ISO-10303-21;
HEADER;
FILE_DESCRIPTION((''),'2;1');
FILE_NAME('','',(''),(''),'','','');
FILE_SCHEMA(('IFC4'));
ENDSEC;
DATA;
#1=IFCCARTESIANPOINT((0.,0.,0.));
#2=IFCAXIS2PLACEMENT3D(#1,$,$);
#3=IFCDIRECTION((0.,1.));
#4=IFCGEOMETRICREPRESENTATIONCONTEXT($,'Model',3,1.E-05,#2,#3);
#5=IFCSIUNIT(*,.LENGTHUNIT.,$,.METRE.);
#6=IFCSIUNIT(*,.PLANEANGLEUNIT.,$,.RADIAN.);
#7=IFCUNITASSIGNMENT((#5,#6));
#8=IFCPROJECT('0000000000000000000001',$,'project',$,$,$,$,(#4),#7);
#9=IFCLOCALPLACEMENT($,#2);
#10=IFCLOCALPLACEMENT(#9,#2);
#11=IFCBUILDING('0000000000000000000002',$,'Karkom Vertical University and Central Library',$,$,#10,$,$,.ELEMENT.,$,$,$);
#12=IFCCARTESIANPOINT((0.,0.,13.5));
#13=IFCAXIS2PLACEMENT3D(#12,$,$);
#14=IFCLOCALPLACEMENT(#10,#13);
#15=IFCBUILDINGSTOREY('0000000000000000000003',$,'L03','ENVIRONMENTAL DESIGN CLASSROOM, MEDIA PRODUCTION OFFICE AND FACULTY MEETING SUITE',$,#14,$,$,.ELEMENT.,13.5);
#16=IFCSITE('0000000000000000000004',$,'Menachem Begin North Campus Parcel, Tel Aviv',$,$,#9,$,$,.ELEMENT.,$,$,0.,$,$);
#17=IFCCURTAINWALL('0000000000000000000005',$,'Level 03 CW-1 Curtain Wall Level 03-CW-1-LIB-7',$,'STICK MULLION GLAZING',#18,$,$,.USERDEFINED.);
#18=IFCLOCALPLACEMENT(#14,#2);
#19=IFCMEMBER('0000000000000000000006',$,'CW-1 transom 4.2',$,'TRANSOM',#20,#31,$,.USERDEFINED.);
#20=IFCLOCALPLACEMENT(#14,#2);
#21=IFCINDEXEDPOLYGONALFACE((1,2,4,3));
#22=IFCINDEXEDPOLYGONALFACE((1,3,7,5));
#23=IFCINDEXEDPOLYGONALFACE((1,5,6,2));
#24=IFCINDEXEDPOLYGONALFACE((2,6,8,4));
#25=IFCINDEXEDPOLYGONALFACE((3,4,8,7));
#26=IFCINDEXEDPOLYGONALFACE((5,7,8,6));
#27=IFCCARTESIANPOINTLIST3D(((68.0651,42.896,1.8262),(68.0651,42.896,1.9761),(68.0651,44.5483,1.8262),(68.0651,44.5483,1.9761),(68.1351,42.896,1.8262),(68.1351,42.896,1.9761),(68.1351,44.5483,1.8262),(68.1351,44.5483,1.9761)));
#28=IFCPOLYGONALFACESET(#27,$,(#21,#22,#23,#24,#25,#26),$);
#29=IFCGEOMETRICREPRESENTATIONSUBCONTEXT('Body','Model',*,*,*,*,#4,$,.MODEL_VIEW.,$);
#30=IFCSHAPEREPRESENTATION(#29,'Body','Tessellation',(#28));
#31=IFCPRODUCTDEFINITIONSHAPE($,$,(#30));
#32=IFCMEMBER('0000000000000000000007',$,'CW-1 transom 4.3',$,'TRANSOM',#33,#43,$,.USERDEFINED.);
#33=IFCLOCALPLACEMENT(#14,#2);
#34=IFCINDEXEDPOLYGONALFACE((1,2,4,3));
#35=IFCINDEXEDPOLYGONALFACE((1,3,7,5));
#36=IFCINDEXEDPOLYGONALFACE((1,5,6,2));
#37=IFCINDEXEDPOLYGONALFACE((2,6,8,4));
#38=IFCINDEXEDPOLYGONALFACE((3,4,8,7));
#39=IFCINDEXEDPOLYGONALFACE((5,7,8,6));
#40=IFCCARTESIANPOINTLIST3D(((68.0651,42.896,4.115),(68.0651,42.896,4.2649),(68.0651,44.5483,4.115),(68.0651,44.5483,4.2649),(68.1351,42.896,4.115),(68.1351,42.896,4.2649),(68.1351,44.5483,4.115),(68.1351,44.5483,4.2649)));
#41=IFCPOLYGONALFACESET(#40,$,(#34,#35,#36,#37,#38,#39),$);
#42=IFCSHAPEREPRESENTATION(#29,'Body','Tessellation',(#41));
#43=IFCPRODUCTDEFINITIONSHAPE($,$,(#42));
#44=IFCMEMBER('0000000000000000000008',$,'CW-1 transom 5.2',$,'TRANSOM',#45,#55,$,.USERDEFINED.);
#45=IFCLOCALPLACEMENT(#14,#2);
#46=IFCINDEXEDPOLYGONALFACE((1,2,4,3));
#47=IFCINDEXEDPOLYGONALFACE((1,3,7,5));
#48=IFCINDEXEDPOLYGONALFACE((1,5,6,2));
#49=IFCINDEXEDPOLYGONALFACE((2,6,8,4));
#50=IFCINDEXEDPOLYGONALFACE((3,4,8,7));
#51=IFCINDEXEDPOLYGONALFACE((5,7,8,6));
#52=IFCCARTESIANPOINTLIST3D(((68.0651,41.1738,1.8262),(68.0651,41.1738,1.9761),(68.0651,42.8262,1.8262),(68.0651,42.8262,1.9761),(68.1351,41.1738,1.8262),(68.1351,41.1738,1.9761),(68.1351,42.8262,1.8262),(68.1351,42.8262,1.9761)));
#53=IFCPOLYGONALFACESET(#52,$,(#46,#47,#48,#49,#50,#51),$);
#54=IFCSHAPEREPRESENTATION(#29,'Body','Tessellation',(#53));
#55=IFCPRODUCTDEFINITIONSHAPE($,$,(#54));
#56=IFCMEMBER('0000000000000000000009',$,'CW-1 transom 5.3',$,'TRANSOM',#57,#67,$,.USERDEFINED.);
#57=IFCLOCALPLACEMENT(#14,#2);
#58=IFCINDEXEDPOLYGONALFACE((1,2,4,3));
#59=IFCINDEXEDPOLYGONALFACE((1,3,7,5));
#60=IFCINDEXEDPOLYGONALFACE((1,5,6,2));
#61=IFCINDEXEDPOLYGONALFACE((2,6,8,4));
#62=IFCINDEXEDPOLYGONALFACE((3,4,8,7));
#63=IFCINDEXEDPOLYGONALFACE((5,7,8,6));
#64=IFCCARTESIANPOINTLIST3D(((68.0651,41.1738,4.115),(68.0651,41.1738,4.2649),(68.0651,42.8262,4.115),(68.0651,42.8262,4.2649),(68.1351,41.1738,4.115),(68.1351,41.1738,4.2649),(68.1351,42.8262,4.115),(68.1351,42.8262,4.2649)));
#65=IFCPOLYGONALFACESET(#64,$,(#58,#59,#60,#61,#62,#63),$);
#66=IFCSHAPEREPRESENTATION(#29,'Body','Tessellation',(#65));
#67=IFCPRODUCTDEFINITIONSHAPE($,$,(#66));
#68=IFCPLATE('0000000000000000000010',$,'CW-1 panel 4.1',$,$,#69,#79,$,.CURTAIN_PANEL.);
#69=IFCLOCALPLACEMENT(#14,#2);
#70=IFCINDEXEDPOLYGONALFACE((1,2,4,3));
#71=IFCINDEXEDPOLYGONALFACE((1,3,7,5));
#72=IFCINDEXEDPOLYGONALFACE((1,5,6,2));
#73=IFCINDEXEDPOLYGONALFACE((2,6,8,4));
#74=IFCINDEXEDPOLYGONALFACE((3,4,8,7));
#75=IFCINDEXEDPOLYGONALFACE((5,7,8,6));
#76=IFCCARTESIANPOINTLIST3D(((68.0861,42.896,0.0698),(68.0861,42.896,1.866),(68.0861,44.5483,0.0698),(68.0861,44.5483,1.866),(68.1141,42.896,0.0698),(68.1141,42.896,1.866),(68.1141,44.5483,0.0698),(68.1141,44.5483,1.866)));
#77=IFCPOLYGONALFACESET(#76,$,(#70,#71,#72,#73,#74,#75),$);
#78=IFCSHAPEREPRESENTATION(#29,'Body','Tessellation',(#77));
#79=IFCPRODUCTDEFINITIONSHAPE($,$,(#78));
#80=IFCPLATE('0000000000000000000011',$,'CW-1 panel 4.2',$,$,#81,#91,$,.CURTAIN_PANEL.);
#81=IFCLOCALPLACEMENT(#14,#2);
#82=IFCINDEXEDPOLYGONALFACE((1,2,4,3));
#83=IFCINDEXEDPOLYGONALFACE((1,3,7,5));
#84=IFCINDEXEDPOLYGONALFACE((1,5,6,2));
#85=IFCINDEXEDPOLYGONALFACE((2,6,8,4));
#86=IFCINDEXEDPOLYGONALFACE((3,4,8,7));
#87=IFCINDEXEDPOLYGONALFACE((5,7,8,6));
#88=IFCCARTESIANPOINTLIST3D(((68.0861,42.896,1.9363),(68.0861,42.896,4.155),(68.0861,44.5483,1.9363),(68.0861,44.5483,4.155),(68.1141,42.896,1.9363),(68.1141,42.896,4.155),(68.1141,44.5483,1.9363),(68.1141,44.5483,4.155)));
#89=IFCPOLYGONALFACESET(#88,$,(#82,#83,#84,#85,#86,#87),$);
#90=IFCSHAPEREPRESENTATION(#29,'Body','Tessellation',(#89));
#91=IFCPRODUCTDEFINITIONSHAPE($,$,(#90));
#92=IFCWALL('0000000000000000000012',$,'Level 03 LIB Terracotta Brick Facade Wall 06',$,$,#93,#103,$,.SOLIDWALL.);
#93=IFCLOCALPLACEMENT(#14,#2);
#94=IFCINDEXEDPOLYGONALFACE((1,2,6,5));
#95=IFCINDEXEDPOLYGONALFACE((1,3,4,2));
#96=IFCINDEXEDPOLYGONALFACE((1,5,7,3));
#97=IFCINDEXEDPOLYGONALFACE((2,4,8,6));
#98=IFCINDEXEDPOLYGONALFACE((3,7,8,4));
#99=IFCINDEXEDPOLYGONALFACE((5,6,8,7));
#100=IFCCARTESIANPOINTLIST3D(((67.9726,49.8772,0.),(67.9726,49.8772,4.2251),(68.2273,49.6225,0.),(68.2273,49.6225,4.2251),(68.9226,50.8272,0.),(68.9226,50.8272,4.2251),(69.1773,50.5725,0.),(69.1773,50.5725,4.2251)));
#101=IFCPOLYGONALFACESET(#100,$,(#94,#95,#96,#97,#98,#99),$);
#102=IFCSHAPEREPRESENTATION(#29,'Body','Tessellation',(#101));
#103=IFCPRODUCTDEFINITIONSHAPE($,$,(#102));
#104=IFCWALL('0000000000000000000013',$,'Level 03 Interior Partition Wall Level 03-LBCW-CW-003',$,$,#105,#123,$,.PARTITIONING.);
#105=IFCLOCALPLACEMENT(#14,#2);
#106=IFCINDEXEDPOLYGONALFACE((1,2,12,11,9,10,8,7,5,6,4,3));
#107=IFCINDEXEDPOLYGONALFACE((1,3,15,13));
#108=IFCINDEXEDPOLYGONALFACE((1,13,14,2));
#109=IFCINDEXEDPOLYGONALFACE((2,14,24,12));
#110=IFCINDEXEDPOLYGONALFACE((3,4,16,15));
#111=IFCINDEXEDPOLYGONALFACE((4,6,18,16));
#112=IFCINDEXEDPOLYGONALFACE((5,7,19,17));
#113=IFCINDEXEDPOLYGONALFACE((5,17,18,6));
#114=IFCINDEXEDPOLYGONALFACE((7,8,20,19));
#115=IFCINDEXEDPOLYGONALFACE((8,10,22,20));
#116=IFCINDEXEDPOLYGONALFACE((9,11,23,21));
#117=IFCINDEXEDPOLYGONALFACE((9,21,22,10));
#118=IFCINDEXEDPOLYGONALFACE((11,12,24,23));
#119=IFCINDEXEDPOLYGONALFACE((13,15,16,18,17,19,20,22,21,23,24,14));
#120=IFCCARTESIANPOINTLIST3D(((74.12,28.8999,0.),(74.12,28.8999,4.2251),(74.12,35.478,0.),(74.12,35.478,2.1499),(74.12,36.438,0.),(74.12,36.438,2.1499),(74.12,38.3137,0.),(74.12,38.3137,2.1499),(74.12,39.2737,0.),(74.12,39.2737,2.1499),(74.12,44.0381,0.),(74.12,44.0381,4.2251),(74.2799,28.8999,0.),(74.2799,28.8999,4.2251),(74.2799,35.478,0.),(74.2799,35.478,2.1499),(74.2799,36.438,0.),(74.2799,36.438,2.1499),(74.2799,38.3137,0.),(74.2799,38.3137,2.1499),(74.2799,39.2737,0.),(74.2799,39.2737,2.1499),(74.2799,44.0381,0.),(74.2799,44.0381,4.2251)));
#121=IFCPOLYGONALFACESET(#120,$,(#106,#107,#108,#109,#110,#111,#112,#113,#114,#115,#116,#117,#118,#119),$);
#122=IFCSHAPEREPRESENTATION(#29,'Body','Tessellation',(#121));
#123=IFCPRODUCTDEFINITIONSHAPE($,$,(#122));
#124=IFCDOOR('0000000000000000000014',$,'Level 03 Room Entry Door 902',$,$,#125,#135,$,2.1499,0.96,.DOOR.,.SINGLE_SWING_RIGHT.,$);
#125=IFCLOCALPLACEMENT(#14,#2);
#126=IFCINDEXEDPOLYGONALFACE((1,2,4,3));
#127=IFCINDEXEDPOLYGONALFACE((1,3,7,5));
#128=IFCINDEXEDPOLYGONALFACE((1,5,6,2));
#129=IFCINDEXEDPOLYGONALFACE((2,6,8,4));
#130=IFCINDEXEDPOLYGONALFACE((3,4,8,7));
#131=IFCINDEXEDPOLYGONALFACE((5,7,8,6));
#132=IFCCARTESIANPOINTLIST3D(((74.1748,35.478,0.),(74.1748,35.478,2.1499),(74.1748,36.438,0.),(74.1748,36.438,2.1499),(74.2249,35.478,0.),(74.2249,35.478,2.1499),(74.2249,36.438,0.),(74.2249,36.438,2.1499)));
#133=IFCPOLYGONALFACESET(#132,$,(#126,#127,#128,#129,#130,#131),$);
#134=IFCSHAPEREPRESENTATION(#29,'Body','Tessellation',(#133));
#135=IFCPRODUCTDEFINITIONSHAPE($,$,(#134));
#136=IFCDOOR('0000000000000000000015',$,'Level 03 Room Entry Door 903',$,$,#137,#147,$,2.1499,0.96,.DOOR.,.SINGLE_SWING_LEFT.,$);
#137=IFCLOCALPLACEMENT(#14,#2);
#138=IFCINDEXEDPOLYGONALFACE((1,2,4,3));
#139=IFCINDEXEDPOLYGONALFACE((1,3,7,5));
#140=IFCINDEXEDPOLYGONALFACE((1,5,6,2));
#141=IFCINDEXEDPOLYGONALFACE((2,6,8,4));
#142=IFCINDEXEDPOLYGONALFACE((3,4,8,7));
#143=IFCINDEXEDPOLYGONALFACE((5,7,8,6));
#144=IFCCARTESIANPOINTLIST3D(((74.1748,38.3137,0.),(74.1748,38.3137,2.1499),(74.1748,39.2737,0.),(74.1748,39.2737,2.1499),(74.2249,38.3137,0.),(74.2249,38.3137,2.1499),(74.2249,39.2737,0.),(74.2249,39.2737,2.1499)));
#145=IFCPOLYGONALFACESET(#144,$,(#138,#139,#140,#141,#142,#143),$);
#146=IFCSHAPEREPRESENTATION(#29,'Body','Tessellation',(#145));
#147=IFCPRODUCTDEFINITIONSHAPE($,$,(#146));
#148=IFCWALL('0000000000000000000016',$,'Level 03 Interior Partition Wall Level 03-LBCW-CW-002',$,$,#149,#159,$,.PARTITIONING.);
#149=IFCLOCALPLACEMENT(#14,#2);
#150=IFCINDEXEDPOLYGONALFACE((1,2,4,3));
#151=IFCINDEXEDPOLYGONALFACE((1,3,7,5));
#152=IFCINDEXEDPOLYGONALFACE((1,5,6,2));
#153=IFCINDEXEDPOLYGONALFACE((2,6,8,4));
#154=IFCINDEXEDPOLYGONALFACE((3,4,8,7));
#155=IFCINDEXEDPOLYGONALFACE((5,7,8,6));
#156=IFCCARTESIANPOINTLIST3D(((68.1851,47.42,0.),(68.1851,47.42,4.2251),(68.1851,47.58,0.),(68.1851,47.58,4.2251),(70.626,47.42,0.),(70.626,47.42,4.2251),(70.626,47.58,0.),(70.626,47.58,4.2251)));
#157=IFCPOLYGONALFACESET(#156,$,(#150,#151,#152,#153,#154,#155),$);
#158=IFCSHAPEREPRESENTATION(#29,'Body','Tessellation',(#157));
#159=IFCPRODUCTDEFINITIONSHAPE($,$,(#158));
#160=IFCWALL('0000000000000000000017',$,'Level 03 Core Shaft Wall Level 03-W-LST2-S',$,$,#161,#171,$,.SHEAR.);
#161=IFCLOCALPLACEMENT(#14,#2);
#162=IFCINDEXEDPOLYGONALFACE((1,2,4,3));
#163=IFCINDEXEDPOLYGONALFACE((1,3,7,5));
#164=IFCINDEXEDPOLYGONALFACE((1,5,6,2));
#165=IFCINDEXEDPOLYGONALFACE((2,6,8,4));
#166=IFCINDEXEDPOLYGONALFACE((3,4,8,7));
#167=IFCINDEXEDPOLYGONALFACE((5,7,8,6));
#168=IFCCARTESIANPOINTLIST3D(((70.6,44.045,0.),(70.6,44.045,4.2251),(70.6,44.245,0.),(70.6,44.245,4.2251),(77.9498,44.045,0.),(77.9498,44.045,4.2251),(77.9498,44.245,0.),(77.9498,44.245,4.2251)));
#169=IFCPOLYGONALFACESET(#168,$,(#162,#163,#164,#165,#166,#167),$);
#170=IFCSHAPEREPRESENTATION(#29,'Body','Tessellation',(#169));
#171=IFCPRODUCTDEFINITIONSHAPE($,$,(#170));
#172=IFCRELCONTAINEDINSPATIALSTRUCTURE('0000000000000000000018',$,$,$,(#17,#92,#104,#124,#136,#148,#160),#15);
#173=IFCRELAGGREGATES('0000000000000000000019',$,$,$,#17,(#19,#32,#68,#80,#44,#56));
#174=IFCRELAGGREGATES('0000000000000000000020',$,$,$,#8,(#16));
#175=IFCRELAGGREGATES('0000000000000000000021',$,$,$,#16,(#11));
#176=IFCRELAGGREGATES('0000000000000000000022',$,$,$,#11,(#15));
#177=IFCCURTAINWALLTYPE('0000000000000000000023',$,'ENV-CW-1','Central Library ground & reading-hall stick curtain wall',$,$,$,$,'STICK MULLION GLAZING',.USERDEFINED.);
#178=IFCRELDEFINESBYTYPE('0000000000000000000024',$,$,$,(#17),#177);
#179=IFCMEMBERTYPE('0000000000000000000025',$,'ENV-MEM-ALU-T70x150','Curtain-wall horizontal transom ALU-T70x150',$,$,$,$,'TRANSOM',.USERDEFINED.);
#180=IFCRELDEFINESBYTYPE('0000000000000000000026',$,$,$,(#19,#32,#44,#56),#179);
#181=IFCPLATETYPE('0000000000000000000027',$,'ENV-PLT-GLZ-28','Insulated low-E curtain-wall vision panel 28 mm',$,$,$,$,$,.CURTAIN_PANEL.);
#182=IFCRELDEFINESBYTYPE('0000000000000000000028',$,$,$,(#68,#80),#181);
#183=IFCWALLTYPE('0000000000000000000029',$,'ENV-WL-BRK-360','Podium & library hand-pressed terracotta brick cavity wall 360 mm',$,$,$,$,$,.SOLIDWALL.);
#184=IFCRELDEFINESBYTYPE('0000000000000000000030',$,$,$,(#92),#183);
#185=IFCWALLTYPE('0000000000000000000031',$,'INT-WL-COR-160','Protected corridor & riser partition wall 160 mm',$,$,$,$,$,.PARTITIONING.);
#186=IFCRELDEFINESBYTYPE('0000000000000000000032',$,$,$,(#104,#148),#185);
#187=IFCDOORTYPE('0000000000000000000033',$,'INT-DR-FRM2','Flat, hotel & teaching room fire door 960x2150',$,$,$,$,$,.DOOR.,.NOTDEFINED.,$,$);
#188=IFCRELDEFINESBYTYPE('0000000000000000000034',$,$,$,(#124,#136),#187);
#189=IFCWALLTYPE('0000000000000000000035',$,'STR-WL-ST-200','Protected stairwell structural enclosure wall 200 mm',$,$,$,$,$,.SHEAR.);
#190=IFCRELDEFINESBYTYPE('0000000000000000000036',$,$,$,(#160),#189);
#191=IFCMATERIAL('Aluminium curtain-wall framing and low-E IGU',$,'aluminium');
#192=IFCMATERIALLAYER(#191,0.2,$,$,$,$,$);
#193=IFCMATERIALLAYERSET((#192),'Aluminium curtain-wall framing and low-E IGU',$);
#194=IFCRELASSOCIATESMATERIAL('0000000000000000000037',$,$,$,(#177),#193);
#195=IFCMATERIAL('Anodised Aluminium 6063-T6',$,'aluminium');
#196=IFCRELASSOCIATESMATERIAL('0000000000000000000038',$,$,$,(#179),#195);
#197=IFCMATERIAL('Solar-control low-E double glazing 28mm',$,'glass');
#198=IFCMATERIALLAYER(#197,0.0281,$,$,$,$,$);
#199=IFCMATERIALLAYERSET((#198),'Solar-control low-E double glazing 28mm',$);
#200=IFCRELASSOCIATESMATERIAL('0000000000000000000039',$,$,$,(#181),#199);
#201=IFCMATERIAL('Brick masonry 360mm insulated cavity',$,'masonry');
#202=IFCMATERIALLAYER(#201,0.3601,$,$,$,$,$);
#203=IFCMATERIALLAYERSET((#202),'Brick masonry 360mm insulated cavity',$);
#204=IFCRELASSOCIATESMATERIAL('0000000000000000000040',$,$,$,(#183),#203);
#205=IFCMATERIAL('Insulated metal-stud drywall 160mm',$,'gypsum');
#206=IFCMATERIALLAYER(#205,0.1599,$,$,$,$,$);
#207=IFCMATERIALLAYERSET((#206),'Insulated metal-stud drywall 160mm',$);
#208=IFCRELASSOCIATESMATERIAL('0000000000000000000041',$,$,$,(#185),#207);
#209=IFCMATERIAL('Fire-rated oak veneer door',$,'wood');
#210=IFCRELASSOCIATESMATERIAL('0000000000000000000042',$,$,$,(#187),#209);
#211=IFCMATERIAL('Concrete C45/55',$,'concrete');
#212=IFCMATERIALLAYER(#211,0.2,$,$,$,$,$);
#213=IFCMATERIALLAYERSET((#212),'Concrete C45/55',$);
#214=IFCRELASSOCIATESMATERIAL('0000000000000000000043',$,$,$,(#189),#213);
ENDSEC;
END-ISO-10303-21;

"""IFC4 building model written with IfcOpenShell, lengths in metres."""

from ifc_helpers import new_model, si_unit, direction, frame, frame_2d, origin, origin_with_axes, origin_2d, place, context, subcontext, project, spatial, rectangle, extrude, source, transform, mapped, material, layer, layer_set, material_profile, profile_set, type_object, element, fill, aggregate, save


model = new_model("IFC4")

# Units and contexts
model_context = context("Model", 3, precision=1e-05, world=origin(), true_north=direction((0.0, 1.0)))
body_context = subcontext(model_context, "Body", "Model", "MODEL_VIEW")
ifc_project = project(units=[si_unit("LENGTHUNIT", "METRE"), si_unit("PLANEANGLEUNIT", "RADIAN")], contexts=[model_context])

# Site, building, storey
site_placement = place(None, origin())
site = spatial("IfcSite", under=ifc_project, at=site_placement, Name="Menachem Begin North Campus Parcel, Tel Aviv", CompositionType="ELEMENT", RefElevation=0.0)
building_placement = place(site_placement, origin())
building = spatial("IfcBuilding", under=site, at=building_placement, Name="Karkom Vertical University and Central Library", CompositionType="ELEMENT")
storey_placement = place(building_placement, frame((0.0, 0.0, 13.5)))
storey = spatial("IfcBuildingStorey", under=building, at=storey_placement, Name="L03", Description="ENVIRONMENTAL DESIGN CLASSROOM, MEDIA PRODUCTION OFFICE AND FACULTY MEETING SUITE", CompositionType="ELEMENT", Elevation=13.5)

# Shared definitions
ifc_material_1 = material(Name="Concrete C45/55", Category="concrete")

# Curtain wall, members, plates
ifc_material_2 = material(Name="Aluminium curtain-wall framing and low-E IGU", Category="aluminium")
ifc_layer_1 = layer(ifc_material_2, 0.2)
ifc_layer_set_1 = layer_set([ifc_layer_1], Name="Aluminium curtain-wall framing and low-E IGU")
curtain_wall_type = type_object("IfcCurtainWallType", Name="ENV-CW-1", Description="Central Library ground & reading-hall stick curtain wall", ElementType="STICK MULLION GLAZING", PredefinedType="USERDEFINED", material=ifc_layer_set_1)
curtain_wall_placement = place(storey_placement, origin())
curtain_wall = element("IfcCurtainWall", 1, at=curtain_wall_placement, inside=storey, type_object=curtain_wall_type, Name="Level 03 CW-1 Curtain Wall Level 03-CW-1-LIB-7", ObjectType="STICK MULLION GLAZING", PredefinedType="USERDEFINED")
ifc_material_3 = material(Name="Anodised Aluminium 6063-T6", Category="aluminium")
ifc_material_profile_1 = material_profile(ifc_material_3, rectangle(XDim=0.0701, YDim=0.1499, at=origin_2d()), Name="ALU-T70x150")
ifc_profile_set_1 = profile_set([ifc_material_profile_1], Name="Anodised Aluminium 6063-T6")
member_type = type_object("IfcMemberType", Name="ENV-MEM-ALU-T70x150", Description="Curtain-wall horizontal transom ALU-T70x150", ElementType="TRANSOM", PredefinedType="USERDEFINED", material=ifc_profile_set_1)
shared_shape_1 = source(origin_with_axes(), body_context, "Body", "SweptSolid", [
    extrude(rectangle(XDim=0.0701, YDim=0.1499, at=origin_2d()), origin(), (0.0, 0.0, 1.0), 1.6523),
])
member_1_placement = place(storey_placement, frame((68.1001, 44.5483, 1.9011), z_axis=(0.0, -1.0, 0.0), x_axis=(1.0, 0.0, 0.0)))
member_1 = element("IfcMember", 2, at=member_1_placement, type_object=member_type, Name="CW-1 transom 4.2", ObjectType="TRANSOM", PredefinedType="USERDEFINED", context=body_context, shape_type="MappedRepresentation", body=[
    mapped(shared_shape_1, transform((0.0, 0.0, 0.0), scale=1.0)),
])
member_2_placement = place(storey_placement, frame((68.1001, 44.5483, 4.1899), z_axis=(0.0, -1.0, 0.0), x_axis=(1.0, 0.0, 0.0)))
member_2 = element("IfcMember", 3, at=member_2_placement, type_object=member_type, Name="CW-1 transom 4.3", ObjectType="TRANSOM", PredefinedType="USERDEFINED", context=body_context, shape_type="MappedRepresentation", body=[
    mapped(shared_shape_1, transform((0.0, 0.0, 0.0), scale=1.0)),
])
member_3_placement = place(storey_placement, frame((68.1001, 42.8262, 1.9011), z_axis=(0.0, -1.0, 0.0), x_axis=(1.0, 0.0, 0.0)))
member_3 = element("IfcMember", 4, at=member_3_placement, type_object=member_type, Name="CW-1 transom 5.2", ObjectType="TRANSOM", PredefinedType="USERDEFINED", context=body_context, shape_type="MappedRepresentation", body=[
    mapped(shared_shape_1, transform((0.0, 0.0, 0.0), scale=1.0)),
])
member_4_placement = place(storey_placement, frame((68.1001, 42.8262, 4.1899), z_axis=(0.0, -1.0, 0.0), x_axis=(1.0, 0.0, 0.0)))
member_4 = element("IfcMember", 5, at=member_4_placement, type_object=member_type, Name="CW-1 transom 5.3", ObjectType="TRANSOM", PredefinedType="USERDEFINED", context=body_context, shape_type="MappedRepresentation", body=[
    mapped(shared_shape_1, transform((0.0, 0.0, 0.0), scale=1.0)),
])
ifc_material_4 = material(Name="Solar-control low-E double glazing 28mm", Category="glass")
ifc_layer_2 = layer(ifc_material_4, 0.0281)
ifc_layer_set_2 = layer_set([ifc_layer_2], Name="Solar-control low-E double glazing 28mm")
plate_type = type_object("IfcPlateType", Name="ENV-PLT-GLZ-28", Description="Insulated low-E curtain-wall vision panel 28 mm", PredefinedType="CURTAIN_PANEL", material=ifc_layer_set_2)
shared_shape_2 = source(origin_with_axes(), body_context, "Body", "SweptSolid", [
    extrude(rectangle(XDim=1.6523, YDim=0.0281, at=origin_2d()), origin(), (0.0, 0.0, 1.0), 1.7961),
])
plate_1_placement = place(storey_placement, frame((68.1001, 43.7222, 0.0698), z_axis=(0.0, 0.0, 1.0), x_axis=(0.0, -1.0, 0.0)))
plate_1 = element("IfcPlate", 6, at=plate_1_placement, type_object=plate_type, Name="CW-1 panel 4.1", PredefinedType="CURTAIN_PANEL", context=body_context, shape_type="MappedRepresentation", body=[
    mapped(shared_shape_2, transform((0.0, 0.0, 0.0), scale=1.0)),
])
shared_shape_3 = source(origin_with_axes(), body_context, "Body", "SweptSolid", [
    extrude(rectangle(XDim=1.6523, YDim=0.0281, at=origin_2d()), origin(), (0.0, 0.0, 1.0), 2.2188),
])
plate_2_placement = place(storey_placement, frame((68.1001, 43.7222, 1.9363), z_axis=(0.0, 0.0, 1.0), x_axis=(0.0, -1.0, 0.0)))
plate_2 = element("IfcPlate", 7, at=plate_2_placement, type_object=plate_type, Name="CW-1 panel 4.2", PredefinedType="CURTAIN_PANEL", context=body_context, shape_type="MappedRepresentation", body=[
    mapped(shared_shape_3, transform((0.0, 0.0, 0.0), scale=1.0)),
])
aggregate(curtain_wall, [member_1, member_2, plate_1, plate_2, member_3, member_4])

# Wall
ifc_material_5 = material(Name="Brick masonry 360mm insulated cavity", Category="masonry")
ifc_layer_3 = layer(ifc_material_5, 0.3601)
ifc_layer_set_3 = layer_set([ifc_layer_3], Name="Brick masonry 360mm insulated cavity")
wall_type_1 = type_object("IfcWallType", Name="ENV-WL-BRK-360", Description="Podium & library hand-pressed terracotta brick cavity wall 360 mm", PredefinedType="SOLIDWALL", material=ifc_layer_set_3)
wall_1_placement = place(storey_placement, frame((69.05, 50.7, 0.0), z_axis=(0.0, 0.0, 1.0), x_axis=(-0.707107, -0.707107, 0.0)))
element("IfcWall", 8, at=wall_1_placement, inside=storey, type_object=wall_type_1, Name="Level 03 LIB Terracotta Brick Facade Wall 06", PredefinedType="SOLIDWALL", context=body_context, shape_type="SweptSolid", body=[
    extrude(rectangle(XDim=1.3435, YDim=0.3601, at=frame_2d((0.6719, 0.0))), origin(), (0.0, 0.0, 1.0), 4.2251),
])

# Wall, openings, doors
ifc_material_6 = material(Name="Insulated metal-stud drywall 160mm", Category="gypsum")
ifc_layer_4 = layer(ifc_material_6, 0.1599)
ifc_layer_set_4 = layer_set([ifc_layer_4], Name="Insulated metal-stud drywall 160mm")
wall_type_2 = type_object("IfcWallType", Name="INT-WL-COR-160", Description="Protected corridor & riser partition wall 160 mm", PredefinedType="PARTITIONING", material=ifc_layer_set_4)
wall_2_placement = place(storey_placement, frame((74.2, 44.0381, 0.0), z_axis=(0.0, 0.0, 1.0), x_axis=(0.0, -1.0, 0.0)))
wall_2 = element("IfcWall", 9, at=wall_2_placement, inside=storey, type_object=wall_type_2, Name="Level 03 Interior Partition Wall Level 03-LBCW-CW-003", PredefinedType="PARTITIONING", context=body_context, shape_type="SweptSolid", body=[
    extrude(rectangle(XDim=15.1382, YDim=0.1599, at=frame_2d((7.5691, 0.0))), origin(), (0.0, 0.0, 1.0), 4.2251),
])
opening_1_placement = place(wall_2_placement, frame((7.6001, 0.0, 0.0)))
opening_1 = element("IfcOpeningElement", 10, at=opening_1_placement, cuts=wall_2, PredefinedType="OPENING", context=body_context, shape_type="SweptSolid", body=[
    extrude(rectangle(XDim=0.96, YDim=2.1499, at=frame_2d((0.48, 1.075))), frame((0.0, 0.0898, 0.0), z_axis=(0.0, -1.0, 0.0), x_axis=(1.0, 0.0, 0.0)), (0.0, 0.0, 1.0), 0.1799),
])
opening_2_placement = place(wall_2_placement, frame((4.7644, 0.0, 0.0)))
opening_2 = element("IfcOpeningElement", 11, at=opening_2_placement, cuts=wall_2, PredefinedType="OPENING", context=body_context, shape_type="SweptSolid", body=[
    extrude(rectangle(XDim=0.96, YDim=2.1499, at=frame_2d((0.48, 1.075))), frame((0.0, 0.0898, 0.0), z_axis=(0.0, -1.0, 0.0), x_axis=(1.0, 0.0, 0.0)), (0.0, 0.0, 1.0), 0.1799),
])
ifc_material_7 = material(Name="Fire-rated oak veneer door", Category="wood")
door_type_1 = type_object("IfcDoorType", Name="INT-DR-FRM2", Description="Flat, hotel & teaching room fire door 960x2150", OperationType="NOTDEFINED", PredefinedType="DOOR", material=ifc_material_7)
shared_shape_4 = source(origin_with_axes(), body_context, "Body", "SweptSolid", [
    extrude(rectangle(XDim=0.96, YDim=2.1499, at=frame_2d((0.48, 1.075))), frame((0.0, 0.0249, 0.0), z_axis=(0.0, -1.0, 0.0), x_axis=(1.0, 0.0, 0.0)), (0.0, 0.0, 1.0), 0.05),
])
door_1_placement = place(opening_1_placement, origin())
door_1 = element("IfcDoor", 12, at=door_1_placement, inside=storey, type_object=door_type_1, Name="Level 03 Room Entry Door 902", OperationType="SINGLE_SWING_RIGHT", OverallHeight=2.1499, OverallWidth=0.96, PredefinedType="DOOR", context=body_context, shape_type="MappedRepresentation", body=[
    mapped(shared_shape_4, transform((0.0, 0.0, 0.0), scale=1.0)),
])
fill(opening_1, door_1)
door_2_placement = place(opening_2_placement, origin())
door_2 = element("IfcDoor", 13, at=door_2_placement, inside=storey, type_object=door_type_1, Name="Level 03 Room Entry Door 903", OperationType="SINGLE_SWING_LEFT", OverallHeight=2.1499, OverallWidth=0.96, PredefinedType="DOOR", context=body_context, shape_type="MappedRepresentation", body=[
    mapped(shared_shape_4, transform((0.0, 0.0, 0.0), scale=1.0)),
])
fill(opening_2, door_2)

# Walls
wall_3_placement = place(storey_placement, frame((68.1851, 47.5, 0.0), z_axis=(0.0, 0.0, 1.0), x_axis=(1.0, 0.0, 0.0)))
element("IfcWall", 14, at=wall_3_placement, inside=storey, type_object=wall_type_2, Name="Level 03 Interior Partition Wall Level 03-LBCW-CW-002", PredefinedType="PARTITIONING", context=body_context, shape_type="SweptSolid", body=[
    extrude(rectangle(XDim=2.4409, YDim=0.1599, at=frame_2d((1.2205, 0.0))), origin(), (0.0, 0.0, 1.0), 4.2251),
])
ifc_layer_5 = layer(ifc_material_1, 0.2)
ifc_layer_set_5 = layer_set([ifc_layer_5], Name="Concrete C45/55")
wall_type_3 = type_object("IfcWallType", Name="STR-WL-ST-200", Description="Protected stairwell structural enclosure wall 200 mm", PredefinedType="SHEAR", material=ifc_layer_set_5)
for number, where, z_axis, x_axis, name in (
    (15, (70.6001, 44.145, 0.0), (0.0, 0.0, 1.0), (1.0, 0.0, 0.0), "Level 03 Core Shaft Wall Level 03-W-LST2-S"),
):
    element("IfcWall", number, at=place(storey_placement, frame(where, z_axis=z_axis, x_axis=x_axis)), inside=storey, type_object=wall_type_3, Name=name, PredefinedType="SHEAR", context=body_context, shape_type="SweptSolid", body=[
        extrude(rectangle(XDim=7.3499, YDim=0.2, at=frame_2d((3.6748, 0.0))), origin(), (0.0, 0.0, 1.0), 4.2251),
    ])

save(model, "model.ifc")
